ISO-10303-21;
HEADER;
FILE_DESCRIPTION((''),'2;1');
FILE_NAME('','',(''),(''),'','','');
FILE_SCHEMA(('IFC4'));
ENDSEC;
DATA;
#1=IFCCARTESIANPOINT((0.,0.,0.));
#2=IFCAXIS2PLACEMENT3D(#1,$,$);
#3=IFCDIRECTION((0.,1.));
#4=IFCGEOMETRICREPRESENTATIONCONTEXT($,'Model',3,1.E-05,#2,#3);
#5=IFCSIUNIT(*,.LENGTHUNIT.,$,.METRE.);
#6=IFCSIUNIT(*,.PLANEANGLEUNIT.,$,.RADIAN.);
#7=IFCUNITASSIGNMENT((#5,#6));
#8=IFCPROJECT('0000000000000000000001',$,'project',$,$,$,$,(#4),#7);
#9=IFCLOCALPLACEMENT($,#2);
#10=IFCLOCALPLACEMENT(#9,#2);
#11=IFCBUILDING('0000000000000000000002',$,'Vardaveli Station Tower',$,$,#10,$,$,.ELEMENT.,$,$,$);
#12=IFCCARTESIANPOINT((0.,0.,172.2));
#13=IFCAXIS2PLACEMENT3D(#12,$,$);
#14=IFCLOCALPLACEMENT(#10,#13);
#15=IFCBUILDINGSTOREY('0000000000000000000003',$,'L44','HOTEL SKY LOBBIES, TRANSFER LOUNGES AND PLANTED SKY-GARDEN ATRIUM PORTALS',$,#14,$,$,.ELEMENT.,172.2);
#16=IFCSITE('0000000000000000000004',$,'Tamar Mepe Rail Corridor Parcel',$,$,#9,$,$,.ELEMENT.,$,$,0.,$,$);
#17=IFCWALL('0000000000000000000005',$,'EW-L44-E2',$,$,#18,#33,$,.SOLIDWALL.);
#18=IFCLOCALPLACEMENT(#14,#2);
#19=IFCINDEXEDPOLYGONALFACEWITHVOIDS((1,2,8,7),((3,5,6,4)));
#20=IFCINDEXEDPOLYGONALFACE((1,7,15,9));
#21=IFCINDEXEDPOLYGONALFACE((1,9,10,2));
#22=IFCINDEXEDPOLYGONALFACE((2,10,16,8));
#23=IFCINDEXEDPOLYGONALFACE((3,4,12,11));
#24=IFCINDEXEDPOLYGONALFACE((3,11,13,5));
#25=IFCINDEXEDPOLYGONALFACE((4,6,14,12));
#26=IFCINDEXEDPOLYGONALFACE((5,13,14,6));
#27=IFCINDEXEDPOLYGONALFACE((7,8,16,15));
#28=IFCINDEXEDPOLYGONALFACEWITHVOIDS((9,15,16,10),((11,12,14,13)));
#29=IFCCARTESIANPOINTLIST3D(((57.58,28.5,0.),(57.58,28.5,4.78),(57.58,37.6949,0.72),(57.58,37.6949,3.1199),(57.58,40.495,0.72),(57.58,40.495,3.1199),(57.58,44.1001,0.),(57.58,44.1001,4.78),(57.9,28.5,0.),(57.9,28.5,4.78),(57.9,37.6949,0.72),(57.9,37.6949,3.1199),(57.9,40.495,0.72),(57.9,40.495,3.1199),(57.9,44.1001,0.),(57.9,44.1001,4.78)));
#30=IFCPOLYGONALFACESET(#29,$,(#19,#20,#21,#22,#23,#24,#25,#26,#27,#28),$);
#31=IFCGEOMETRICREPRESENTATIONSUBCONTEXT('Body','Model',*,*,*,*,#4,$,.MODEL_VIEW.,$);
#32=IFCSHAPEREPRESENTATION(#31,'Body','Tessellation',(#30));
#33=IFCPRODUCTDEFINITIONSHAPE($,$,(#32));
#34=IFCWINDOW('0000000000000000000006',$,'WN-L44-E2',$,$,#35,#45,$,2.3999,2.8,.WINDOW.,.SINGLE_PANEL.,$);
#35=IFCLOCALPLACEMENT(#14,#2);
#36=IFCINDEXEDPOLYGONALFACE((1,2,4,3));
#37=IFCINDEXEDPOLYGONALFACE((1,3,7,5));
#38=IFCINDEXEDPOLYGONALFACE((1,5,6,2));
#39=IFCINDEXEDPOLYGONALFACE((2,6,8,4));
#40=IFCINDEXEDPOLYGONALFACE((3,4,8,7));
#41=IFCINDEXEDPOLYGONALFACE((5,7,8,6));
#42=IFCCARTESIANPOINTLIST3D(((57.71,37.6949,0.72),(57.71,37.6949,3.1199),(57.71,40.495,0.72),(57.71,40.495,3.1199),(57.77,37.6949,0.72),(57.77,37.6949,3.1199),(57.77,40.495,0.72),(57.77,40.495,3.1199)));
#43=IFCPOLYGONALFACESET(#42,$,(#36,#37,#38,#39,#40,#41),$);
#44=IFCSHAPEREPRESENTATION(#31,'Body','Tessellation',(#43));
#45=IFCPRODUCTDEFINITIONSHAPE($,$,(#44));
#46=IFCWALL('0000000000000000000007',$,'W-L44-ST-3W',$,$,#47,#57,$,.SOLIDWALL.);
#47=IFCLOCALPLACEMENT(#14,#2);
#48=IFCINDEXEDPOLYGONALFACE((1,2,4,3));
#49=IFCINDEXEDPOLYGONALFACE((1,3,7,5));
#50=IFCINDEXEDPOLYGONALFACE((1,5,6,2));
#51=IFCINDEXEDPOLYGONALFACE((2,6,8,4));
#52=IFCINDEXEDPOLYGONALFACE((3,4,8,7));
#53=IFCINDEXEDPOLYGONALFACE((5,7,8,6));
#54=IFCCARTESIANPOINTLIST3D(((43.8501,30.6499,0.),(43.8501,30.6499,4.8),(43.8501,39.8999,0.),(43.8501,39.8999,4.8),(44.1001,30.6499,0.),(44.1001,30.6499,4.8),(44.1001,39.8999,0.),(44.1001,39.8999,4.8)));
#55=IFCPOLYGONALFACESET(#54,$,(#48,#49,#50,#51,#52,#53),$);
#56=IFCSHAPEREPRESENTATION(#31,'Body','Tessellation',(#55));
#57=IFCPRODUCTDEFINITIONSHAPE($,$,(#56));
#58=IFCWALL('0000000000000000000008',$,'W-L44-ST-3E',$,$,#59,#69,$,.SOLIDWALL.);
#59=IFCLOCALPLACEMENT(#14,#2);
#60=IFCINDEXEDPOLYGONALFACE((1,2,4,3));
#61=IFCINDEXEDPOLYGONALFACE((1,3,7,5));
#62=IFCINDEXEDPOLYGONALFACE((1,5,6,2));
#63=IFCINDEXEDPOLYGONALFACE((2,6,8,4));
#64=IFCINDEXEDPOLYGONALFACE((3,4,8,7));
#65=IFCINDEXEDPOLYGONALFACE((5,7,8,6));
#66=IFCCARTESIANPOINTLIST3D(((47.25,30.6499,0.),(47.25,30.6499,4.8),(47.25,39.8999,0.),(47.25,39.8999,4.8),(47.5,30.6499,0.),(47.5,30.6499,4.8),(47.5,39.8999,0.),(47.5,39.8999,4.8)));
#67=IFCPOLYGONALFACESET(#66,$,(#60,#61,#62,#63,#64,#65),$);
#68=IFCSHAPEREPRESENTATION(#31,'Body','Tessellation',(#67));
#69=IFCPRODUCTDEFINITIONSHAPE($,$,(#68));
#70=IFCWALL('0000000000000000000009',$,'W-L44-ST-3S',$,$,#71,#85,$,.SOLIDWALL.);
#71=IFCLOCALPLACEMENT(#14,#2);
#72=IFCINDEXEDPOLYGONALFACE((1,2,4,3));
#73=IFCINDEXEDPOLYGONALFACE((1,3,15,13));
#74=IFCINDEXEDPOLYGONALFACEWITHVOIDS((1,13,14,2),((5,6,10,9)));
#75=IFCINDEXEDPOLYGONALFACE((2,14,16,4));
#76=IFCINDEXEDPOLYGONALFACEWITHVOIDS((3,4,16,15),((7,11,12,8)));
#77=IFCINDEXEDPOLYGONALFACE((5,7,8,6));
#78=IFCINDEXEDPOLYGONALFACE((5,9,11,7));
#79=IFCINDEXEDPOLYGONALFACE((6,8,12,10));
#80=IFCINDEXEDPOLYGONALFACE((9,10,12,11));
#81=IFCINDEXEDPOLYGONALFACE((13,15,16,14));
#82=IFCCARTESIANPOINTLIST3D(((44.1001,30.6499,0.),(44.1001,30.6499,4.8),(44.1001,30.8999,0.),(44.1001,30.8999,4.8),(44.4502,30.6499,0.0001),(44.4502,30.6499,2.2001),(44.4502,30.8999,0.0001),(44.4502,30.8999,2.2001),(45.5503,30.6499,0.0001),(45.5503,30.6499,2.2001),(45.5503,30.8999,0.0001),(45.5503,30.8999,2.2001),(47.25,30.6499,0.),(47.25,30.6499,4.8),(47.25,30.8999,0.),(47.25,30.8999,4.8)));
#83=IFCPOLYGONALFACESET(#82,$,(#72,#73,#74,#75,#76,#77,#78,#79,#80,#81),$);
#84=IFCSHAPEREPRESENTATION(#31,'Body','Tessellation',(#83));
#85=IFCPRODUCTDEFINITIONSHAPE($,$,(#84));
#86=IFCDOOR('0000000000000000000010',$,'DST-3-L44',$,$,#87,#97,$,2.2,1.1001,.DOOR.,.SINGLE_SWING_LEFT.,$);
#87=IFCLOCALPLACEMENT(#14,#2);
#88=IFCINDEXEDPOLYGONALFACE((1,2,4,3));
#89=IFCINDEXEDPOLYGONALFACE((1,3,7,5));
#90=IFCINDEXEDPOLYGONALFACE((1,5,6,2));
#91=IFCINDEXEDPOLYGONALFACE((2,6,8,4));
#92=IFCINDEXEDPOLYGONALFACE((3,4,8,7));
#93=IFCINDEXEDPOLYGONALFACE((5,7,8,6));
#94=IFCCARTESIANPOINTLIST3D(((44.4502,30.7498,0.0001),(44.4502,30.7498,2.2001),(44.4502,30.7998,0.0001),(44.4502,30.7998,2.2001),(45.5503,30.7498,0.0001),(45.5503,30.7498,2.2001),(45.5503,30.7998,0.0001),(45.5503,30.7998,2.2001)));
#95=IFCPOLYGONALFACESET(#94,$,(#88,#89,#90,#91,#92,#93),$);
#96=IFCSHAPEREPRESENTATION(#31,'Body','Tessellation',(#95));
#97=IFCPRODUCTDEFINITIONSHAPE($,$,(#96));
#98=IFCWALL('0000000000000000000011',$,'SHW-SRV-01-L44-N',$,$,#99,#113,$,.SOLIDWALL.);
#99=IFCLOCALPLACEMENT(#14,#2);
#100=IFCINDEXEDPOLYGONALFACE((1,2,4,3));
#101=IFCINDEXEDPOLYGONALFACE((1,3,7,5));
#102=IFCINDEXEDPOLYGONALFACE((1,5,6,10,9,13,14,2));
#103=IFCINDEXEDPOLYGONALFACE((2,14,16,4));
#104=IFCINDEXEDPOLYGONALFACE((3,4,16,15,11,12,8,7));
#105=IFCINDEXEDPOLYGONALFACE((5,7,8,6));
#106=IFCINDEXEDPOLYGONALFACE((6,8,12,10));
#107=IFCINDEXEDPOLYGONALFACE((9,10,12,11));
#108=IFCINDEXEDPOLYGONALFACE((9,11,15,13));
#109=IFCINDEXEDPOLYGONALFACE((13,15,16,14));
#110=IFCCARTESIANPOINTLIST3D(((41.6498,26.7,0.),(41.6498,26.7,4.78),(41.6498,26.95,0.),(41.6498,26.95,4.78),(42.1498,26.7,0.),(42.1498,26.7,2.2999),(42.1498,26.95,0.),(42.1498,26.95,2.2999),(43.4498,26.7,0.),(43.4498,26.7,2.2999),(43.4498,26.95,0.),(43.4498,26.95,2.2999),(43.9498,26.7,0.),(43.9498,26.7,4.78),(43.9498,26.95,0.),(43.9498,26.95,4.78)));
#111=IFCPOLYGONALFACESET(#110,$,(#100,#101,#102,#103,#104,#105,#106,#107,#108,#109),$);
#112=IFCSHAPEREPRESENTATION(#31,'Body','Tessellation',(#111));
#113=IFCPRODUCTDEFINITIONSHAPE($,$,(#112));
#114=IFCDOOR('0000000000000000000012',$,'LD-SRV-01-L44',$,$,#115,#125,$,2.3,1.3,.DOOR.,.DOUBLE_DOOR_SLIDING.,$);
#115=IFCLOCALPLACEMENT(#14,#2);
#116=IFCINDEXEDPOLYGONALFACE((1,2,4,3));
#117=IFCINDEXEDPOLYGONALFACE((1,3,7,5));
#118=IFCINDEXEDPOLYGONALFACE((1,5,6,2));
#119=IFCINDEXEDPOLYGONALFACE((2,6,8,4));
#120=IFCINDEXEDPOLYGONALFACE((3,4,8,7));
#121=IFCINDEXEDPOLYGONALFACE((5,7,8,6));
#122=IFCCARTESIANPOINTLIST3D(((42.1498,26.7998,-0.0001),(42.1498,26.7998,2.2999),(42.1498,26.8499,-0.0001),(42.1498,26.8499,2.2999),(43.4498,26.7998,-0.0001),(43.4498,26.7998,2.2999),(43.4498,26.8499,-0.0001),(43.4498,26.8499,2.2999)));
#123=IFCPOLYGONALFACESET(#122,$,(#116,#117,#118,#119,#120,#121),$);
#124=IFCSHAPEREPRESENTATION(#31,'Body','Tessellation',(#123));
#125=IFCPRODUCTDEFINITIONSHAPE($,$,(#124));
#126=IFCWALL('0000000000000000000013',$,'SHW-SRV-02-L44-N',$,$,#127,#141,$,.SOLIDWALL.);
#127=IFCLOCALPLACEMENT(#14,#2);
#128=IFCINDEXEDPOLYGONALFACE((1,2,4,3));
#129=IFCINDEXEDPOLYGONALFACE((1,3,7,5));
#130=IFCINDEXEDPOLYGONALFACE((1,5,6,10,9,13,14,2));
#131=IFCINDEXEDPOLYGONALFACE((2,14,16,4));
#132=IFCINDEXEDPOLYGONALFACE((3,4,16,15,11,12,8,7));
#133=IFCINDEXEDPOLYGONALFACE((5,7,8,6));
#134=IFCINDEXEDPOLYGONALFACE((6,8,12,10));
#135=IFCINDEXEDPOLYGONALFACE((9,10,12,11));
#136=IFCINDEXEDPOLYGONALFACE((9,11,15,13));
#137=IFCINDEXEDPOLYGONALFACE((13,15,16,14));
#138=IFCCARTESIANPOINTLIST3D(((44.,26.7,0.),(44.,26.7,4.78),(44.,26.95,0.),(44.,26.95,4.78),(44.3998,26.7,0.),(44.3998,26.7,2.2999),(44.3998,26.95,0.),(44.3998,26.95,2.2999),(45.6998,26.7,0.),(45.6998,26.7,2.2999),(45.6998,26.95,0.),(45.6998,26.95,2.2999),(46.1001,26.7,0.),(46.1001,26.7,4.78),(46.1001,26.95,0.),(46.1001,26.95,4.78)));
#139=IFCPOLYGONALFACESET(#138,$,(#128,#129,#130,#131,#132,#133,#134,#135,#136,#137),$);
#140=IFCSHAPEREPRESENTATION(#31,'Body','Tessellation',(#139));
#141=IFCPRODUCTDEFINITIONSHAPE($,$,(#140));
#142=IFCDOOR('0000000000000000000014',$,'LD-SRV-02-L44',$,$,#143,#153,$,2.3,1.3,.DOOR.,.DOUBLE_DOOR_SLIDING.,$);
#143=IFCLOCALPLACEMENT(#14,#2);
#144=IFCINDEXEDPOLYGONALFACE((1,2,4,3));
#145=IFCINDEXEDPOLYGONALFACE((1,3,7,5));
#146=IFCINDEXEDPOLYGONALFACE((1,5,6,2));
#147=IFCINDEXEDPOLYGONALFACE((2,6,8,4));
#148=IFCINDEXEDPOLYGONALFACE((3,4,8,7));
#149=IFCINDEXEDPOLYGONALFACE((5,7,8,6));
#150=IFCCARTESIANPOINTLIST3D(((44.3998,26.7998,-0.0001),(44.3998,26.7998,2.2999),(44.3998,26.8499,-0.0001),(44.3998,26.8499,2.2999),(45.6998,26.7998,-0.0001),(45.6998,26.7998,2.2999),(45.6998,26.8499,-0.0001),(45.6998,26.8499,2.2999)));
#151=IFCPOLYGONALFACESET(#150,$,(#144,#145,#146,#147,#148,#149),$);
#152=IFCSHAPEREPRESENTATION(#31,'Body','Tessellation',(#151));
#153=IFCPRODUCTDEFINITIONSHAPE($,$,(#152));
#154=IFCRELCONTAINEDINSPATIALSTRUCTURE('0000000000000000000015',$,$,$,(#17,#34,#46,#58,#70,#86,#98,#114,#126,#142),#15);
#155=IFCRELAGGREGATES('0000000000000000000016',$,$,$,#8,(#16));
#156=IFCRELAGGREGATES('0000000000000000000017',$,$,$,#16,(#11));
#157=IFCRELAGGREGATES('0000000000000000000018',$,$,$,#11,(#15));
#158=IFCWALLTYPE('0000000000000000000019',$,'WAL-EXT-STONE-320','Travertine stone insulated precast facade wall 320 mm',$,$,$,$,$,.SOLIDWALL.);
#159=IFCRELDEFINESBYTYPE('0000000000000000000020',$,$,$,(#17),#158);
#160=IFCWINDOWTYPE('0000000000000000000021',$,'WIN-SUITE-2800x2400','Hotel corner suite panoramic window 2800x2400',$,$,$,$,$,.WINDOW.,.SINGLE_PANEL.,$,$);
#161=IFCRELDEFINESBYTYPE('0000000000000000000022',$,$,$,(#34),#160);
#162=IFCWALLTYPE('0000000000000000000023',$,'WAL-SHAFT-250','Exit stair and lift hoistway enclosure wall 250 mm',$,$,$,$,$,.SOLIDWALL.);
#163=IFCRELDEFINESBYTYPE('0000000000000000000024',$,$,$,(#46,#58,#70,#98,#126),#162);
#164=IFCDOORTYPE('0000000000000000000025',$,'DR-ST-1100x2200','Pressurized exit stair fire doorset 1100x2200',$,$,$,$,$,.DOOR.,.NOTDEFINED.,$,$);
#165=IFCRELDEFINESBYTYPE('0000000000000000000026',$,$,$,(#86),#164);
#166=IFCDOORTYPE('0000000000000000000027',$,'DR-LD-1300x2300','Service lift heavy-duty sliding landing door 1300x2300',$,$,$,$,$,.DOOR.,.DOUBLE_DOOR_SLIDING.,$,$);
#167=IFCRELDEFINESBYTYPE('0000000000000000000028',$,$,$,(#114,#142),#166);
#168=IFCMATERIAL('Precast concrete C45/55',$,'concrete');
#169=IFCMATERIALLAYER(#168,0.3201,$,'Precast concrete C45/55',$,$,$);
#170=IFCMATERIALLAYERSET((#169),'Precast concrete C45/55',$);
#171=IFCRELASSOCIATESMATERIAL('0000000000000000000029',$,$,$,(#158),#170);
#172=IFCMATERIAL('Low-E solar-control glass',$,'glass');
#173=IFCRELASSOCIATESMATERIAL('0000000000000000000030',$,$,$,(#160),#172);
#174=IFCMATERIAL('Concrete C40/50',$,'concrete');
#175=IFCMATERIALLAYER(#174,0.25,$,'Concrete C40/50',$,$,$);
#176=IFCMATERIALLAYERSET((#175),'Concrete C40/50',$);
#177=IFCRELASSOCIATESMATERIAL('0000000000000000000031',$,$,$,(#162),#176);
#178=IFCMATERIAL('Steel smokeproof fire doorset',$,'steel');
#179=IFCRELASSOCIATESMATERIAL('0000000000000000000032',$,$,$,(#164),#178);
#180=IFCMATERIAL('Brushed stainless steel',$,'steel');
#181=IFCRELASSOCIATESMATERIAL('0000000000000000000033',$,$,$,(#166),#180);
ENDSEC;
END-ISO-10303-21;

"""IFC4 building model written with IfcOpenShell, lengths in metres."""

from ifc_helpers import new_model, si_unit, direction, frame, frame_2d, origin, place, context, subcontext, project, spatial, rectangle, extrude, source, transform, mapped, material, layer, layer_set, type_object, element, fill, save


model = new_model("IFC4")

# Units and contexts
model_context = context("Model", 3, precision=1e-05, world=origin(), true_north=direction((0.0, 1.0)))
body_context = subcontext(model_context, "Body", "Model", "MODEL_VIEW")
ifc_project = project(units=[si_unit("LENGTHUNIT", "METRE"), si_unit("PLANEANGLEUNIT", "RADIAN")], contexts=[model_context])

# Site, building, storey
site_placement = place(None, origin())
site = spatial("IfcSite", under=ifc_project, at=site_placement, Name="Tamar Mepe Rail Corridor Parcel", CompositionType="ELEMENT", RefElevation=0.0)
building_placement = place(site_placement, origin())
building = spatial("IfcBuilding", under=site, at=building_placement, Name="Vardaveli Station Tower", CompositionType="ELEMENT")
storey_placement = place(building_placement, frame((0.0, 0.0, 172.2)))
storey = spatial("IfcBuildingStorey", under=building, at=storey_placement, Name="L44", Description="HOTEL SKY LOBBIES, TRANSFER LOUNGES AND PLANTED SKY-GARDEN ATRIUM PORTALS", CompositionType="ELEMENT", Elevation=172.2)

# Wall, opening, window
ifc_material_1 = material(Name="Precast concrete C45/55", Category="concrete")
ifc_layer_1 = layer(ifc_material_1, 0.3201, Name="Precast concrete C45/55")
ifc_layer_set_1 = layer_set([ifc_layer_1], Name="Precast concrete C45/55")
wall_type_1 = type_object("IfcWallType", Name="WAL-EXT-STONE-320", Description="Travertine stone insulated precast facade wall 320 mm", PredefinedType="SOLIDWALL", material=ifc_layer_set_1)
shared_shape_1 = source(origin(), body_context, "Body", "SweptSolid", [
    extrude(rectangle(XDim=15.6001, YDim=0.3201, at=frame_2d((7.8, 0.0))), origin(), (0.0, 0.0, 1.0), 4.78),
])
wall_1_placement = place(storey_placement, frame((57.74, 28.5, 0.0), z_axis=(0.0, 0.0, 1.0), x_axis=(0.0, 1.0, 0.0)))
wall_1 = element("IfcWall", 1, at=wall_1_placement, inside=storey, type_object=wall_type_1, Name="EW-L44-E2", PredefinedType="SOLIDWALL", context=body_context, shape_type="MappedRepresentation", body=[
    mapped(shared_shape_1, transform((0.0, 0.0, 0.0), scale=1.0)),
])
shared_shape_2 = source(origin(), body_context, "Body", "SweptSolid", [
    extrude(rectangle(XDim=2.8, YDim=2.3999, at=frame_2d((1.3999, 1.2))), frame((0.0, 0.1699, 0.0), z_axis=(0.0, -1.0, 0.0), x_axis=(1.0, 0.0, 0.0)), (0.0, 0.0, 1.0), 0.3401),
])
opening_1_placement = place(wall_1_placement, frame((9.1951, 0.0, 0.72)))
opening_1 = element("IfcOpeningElement", 2, at=opening_1_placement, cuts=wall_1, PredefinedType="OPENING", context=body_context, shape_type="MappedRepresentation", body=[
    mapped(shared_shape_2, transform((0.0, 0.0, 0.0), scale=1.0)),
])
ifc_material_2 = material(Name="Low-E solar-control glass", Category="glass")
window_type = type_object("IfcWindowType", Name="WIN-SUITE-2800x2400", Description="Hotel corner suite panoramic window 2800x2400", PartitioningType="SINGLE_PANEL", PredefinedType="WINDOW", material=ifc_material_2)
shared_shape_3 = source(origin(), body_context, "Body", "SweptSolid", [
    extrude(rectangle(XDim=2.8, YDim=2.3999, at=frame_2d((1.3999, 1.2))), frame((0.0, 0.03, 0.0), z_axis=(0.0, -1.0, 0.0), x_axis=(1.0, 0.0, 0.0)), (0.0, 0.0, 1.0), 0.0601),
])
window_placement = place(opening_1_placement, origin())
window = element("IfcWindow", 3, at=window_placement, inside=storey, type_object=window_type, Name="WN-L44-E2", OverallHeight=2.3999, OverallWidth=2.8, PartitioningType="SINGLE_PANEL", PredefinedType="WINDOW", context=body_context, shape_type="MappedRepresentation", body=[
    mapped(shared_shape_3, transform((0.0, 0.0, 0.0), scale=1.0)),
])
fill(opening_1, window)

# Walls
ifc_material_3 = material(Name="Concrete C40/50", Category="concrete")
ifc_layer_2 = layer(ifc_material_3, 0.25, Name="Concrete C40/50")
ifc_layer_set_2 = layer_set([ifc_layer_2], Name="Concrete C40/50")
wall_type_2 = type_object("IfcWallType", Name="WAL-SHAFT-250", Description="Exit stair and lift hoistway enclosure wall 250 mm", PredefinedType="SOLIDWALL", material=ifc_layer_set_2)
shared_shape_4 = source(origin(), body_context, "Body", "SweptSolid", [
    extrude(rectangle(XDim=9.25, YDim=0.25, at=frame_2d((4.625, 0.0))), origin(), (0.0, 0.0, 1.0), 4.8),
])
for number, where, z_axis, x_axis, name in (
    (4, (43.9751, 30.6499, 0.0), (0.0, 0.0, 1.0), (0.0, 1.0, 0.0), "W-L44-ST-3W"),
    (5, (47.375, 30.6499, 0.0), (0.0, 0.0, 1.0), (0.0, 1.0, 0.0), "W-L44-ST-3E"),
):
    element("IfcWall", number, at=place(storey_placement, frame(where, z_axis=z_axis, x_axis=x_axis)), inside=storey, type_object=wall_type_2, Name=name, PredefinedType="SOLIDWALL", context=body_context, shape_type="MappedRepresentation", body=[
        mapped(shared_shape_4, transform((0.0, 0.0, 0.0), scale=1.0)),
    ])

# Walls, openings, doors
shared_shape_5 = source(origin(), body_context, "Body", "SweptSolid", [
    extrude(rectangle(XDim=3.1499, YDim=0.25, at=frame_2d((1.575, 0.0))), origin(), (0.0, 0.0, 1.0), 4.8),
])
wall_2_placement = place(storey_placement, frame((44.1001, 30.7749, 0.0), z_axis=(0.0, 0.0, 1.0), x_axis=(1.0, 0.0, 0.0)))
wall_2 = element("IfcWall", 6, at=wall_2_placement, inside=storey, type_object=wall_type_2, Name="W-L44-ST-3S", PredefinedType="SOLIDWALL", context=body_context, shape_type="MappedRepresentation", body=[
    mapped(shared_shape_5, transform((0.0, 0.0, 0.0), scale=1.0)),
])
shared_shape_6 = source(origin(), body_context, "Body", "SweptSolid", [
    extrude(rectangle(XDim=1.1001, YDim=2.2, at=frame_2d((0.55, 1.1001))), frame((0.0, 0.135, 0.0), z_axis=(0.0, -1.0, 0.0), x_axis=(1.0, 0.0, 0.0)), (0.0, 0.0, 1.0), 0.27),
])
opening_2_placement = place(wall_2_placement, frame((0.3501, 0.0, 0.0)))
opening_2 = element("IfcOpeningElement", 7, at=opening_2_placement, cuts=wall_2, PredefinedType="OPENING", context=body_context, shape_type="MappedRepresentation", body=[
    mapped(shared_shape_6, transform((0.0, 0.0, 0.0), scale=1.0)),
])
ifc_material_4 = material(Name="Steel smokeproof fire doorset", Category="steel")
door_type_1 = type_object("IfcDoorType", Name="DR-ST-1100x2200", Description="Pressurized exit stair fire doorset 1100x2200", OperationType="NOTDEFINED", PredefinedType="DOOR", material=ifc_material_4)
shared_shape_7 = source(origin(), body_context, "Body", "SweptSolid", [
    extrude(rectangle(XDim=1.1001, YDim=2.2, at=frame_2d((0.55, 1.1001))), frame((0.0, 0.0249, 0.0), z_axis=(0.0, -1.0, 0.0), x_axis=(1.0, 0.0, 0.0)), (0.0, 0.0, 1.0), 0.05),
])
door_1_placement = place(opening_2_placement, origin())
door_1 = element("IfcDoor", 8, at=door_1_placement, inside=storey, type_object=door_type_1, Name="DST-3-L44", OperationType="SINGLE_SWING_LEFT", OverallHeight=2.2, OverallWidth=1.1001, PredefinedType="DOOR", context=body_context, shape_type="MappedRepresentation", body=[
    mapped(shared_shape_7, transform((0.0, 0.0, 0.0), scale=1.0)),
])
fill(opening_2, door_1)
shared_shape_8 = source(origin(), body_context, "Body", "SweptSolid", [
    extrude(rectangle(XDim=2.3, YDim=0.25, at=frame_2d((1.1499, 0.0))), origin(), (0.0, 0.0, 1.0), 4.78),
])
wall_3_placement = place(storey_placement, frame((41.6499, 26.825, 0.0), z_axis=(0.0, 0.0, 1.0), x_axis=(1.0, 0.0, 0.0)))
wall_3 = element("IfcWall", 9, at=wall_3_placement, inside=storey, type_object=wall_type_2, Name="SHW-SRV-01-L44-N", PredefinedType="SOLIDWALL", context=body_context, shape_type="MappedRepresentation", body=[
    mapped(shared_shape_8, transform((0.0, 0.0, 0.0), scale=1.0)),
])
shared_shape_9 = source(origin(), body_context, "Body", "SweptSolid", [
    extrude(rectangle(XDim=1.3, YDim=2.3, at=frame_2d((0.6499, 1.1499))), frame((0.0, 0.135, 0.0), z_axis=(0.0, -1.0, 0.0), x_axis=(1.0, 0.0, 0.0)), (0.0, 0.0, 1.0), 0.27),
])
opening_3_placement = place(wall_3_placement, frame((0.5, 0.0, 0.0)))
opening_3 = element("IfcOpeningElement", 10, at=opening_3_placement, cuts=wall_3, PredefinedType="OPENING", context=body_context, shape_type="MappedRepresentation", body=[
    mapped(shared_shape_9, transform((0.0, 0.0, 0.0), scale=1.0)),
])
ifc_material_5 = material(Name="Brushed stainless steel", Category="steel")
door_type_2 = type_object("IfcDoorType", Name="DR-LD-1300x2300", Description="Service lift heavy-duty sliding landing door 1300x2300", OperationType="DOUBLE_DOOR_SLIDING", PredefinedType="DOOR", material=ifc_material_5)
shared_shape_10 = source(origin(), body_context, "Body", "SweptSolid", [
    extrude(rectangle(XDim=1.3, YDim=2.3, at=frame_2d((0.6499, 1.1499))), frame((0.0, 0.0249, 0.0), z_axis=(0.0, -1.0, 0.0), x_axis=(1.0, 0.0, 0.0)), (0.0, 0.0, 1.0), 0.05),
])
door_2_placement = place(opening_3_placement, origin())
door_2 = element("IfcDoor", 11, at=door_2_placement, inside=storey, type_object=door_type_2, Name="LD-SRV-01-L44", OperationType="DOUBLE_DOOR_SLIDING", OverallHeight=2.3, OverallWidth=1.3, PredefinedType="DOOR", context=body_context, shape_type="MappedRepresentation", body=[
    mapped(shared_shape_10, transform((0.0, 0.0, 0.0), scale=1.0)),
])
fill(opening_3, door_2)
shared_shape_11 = source(origin(), body_context, "Body", "SweptSolid", [
    extrude(rectangle(XDim=2.1001, YDim=0.25, at=frame_2d((1.05, 0.0))), origin(), (0.0, 0.0, 1.0), 4.78),
])
wall_4_placement = place(storey_placement, frame((44.0, 26.825, 0.0), z_axis=(0.0, 0.0, 1.0), x_axis=(1.0, 0.0, 0.0)))
wall_4 = element("IfcWall", 12, at=wall_4_placement, inside=storey, type_object=wall_type_2, Name="SHW-SRV-02-L44-N", PredefinedType="SOLIDWALL", context=body_context, shape_type="MappedRepresentation", body=[
    mapped(shared_shape_11, transform((0.0, 0.0, 0.0), scale=1.0)),
])
opening_4_placement = place(wall_4_placement, frame((0.3999, 0.0, 0.0)))
opening_4 = element("IfcOpeningElement", 13, at=opening_4_placement, cuts=wall_4, PredefinedType="OPENING", context=body_context, shape_type="MappedRepresentation", body=[
    mapped(shared_shape_9, transform((0.0, 0.0, 0.0), scale=1.0)),
])
door_3_placement = place(opening_4_placement, origin())
door_3 = element("IfcDoor", 14, at=door_3_placement, inside=storey, type_object=door_type_2, Name="LD-SRV-02-L44", OperationType="DOUBLE_DOOR_SLIDING", OverallHeight=2.3, OverallWidth=1.3, PredefinedType="DOOR", context=body_context, shape_type="MappedRepresentation", body=[
    mapped(shared_shape_10, transform((0.0, 0.0, 0.0), scale=1.0)),
])
fill(opening_4, door_3)

save(model, "model.ifc")
